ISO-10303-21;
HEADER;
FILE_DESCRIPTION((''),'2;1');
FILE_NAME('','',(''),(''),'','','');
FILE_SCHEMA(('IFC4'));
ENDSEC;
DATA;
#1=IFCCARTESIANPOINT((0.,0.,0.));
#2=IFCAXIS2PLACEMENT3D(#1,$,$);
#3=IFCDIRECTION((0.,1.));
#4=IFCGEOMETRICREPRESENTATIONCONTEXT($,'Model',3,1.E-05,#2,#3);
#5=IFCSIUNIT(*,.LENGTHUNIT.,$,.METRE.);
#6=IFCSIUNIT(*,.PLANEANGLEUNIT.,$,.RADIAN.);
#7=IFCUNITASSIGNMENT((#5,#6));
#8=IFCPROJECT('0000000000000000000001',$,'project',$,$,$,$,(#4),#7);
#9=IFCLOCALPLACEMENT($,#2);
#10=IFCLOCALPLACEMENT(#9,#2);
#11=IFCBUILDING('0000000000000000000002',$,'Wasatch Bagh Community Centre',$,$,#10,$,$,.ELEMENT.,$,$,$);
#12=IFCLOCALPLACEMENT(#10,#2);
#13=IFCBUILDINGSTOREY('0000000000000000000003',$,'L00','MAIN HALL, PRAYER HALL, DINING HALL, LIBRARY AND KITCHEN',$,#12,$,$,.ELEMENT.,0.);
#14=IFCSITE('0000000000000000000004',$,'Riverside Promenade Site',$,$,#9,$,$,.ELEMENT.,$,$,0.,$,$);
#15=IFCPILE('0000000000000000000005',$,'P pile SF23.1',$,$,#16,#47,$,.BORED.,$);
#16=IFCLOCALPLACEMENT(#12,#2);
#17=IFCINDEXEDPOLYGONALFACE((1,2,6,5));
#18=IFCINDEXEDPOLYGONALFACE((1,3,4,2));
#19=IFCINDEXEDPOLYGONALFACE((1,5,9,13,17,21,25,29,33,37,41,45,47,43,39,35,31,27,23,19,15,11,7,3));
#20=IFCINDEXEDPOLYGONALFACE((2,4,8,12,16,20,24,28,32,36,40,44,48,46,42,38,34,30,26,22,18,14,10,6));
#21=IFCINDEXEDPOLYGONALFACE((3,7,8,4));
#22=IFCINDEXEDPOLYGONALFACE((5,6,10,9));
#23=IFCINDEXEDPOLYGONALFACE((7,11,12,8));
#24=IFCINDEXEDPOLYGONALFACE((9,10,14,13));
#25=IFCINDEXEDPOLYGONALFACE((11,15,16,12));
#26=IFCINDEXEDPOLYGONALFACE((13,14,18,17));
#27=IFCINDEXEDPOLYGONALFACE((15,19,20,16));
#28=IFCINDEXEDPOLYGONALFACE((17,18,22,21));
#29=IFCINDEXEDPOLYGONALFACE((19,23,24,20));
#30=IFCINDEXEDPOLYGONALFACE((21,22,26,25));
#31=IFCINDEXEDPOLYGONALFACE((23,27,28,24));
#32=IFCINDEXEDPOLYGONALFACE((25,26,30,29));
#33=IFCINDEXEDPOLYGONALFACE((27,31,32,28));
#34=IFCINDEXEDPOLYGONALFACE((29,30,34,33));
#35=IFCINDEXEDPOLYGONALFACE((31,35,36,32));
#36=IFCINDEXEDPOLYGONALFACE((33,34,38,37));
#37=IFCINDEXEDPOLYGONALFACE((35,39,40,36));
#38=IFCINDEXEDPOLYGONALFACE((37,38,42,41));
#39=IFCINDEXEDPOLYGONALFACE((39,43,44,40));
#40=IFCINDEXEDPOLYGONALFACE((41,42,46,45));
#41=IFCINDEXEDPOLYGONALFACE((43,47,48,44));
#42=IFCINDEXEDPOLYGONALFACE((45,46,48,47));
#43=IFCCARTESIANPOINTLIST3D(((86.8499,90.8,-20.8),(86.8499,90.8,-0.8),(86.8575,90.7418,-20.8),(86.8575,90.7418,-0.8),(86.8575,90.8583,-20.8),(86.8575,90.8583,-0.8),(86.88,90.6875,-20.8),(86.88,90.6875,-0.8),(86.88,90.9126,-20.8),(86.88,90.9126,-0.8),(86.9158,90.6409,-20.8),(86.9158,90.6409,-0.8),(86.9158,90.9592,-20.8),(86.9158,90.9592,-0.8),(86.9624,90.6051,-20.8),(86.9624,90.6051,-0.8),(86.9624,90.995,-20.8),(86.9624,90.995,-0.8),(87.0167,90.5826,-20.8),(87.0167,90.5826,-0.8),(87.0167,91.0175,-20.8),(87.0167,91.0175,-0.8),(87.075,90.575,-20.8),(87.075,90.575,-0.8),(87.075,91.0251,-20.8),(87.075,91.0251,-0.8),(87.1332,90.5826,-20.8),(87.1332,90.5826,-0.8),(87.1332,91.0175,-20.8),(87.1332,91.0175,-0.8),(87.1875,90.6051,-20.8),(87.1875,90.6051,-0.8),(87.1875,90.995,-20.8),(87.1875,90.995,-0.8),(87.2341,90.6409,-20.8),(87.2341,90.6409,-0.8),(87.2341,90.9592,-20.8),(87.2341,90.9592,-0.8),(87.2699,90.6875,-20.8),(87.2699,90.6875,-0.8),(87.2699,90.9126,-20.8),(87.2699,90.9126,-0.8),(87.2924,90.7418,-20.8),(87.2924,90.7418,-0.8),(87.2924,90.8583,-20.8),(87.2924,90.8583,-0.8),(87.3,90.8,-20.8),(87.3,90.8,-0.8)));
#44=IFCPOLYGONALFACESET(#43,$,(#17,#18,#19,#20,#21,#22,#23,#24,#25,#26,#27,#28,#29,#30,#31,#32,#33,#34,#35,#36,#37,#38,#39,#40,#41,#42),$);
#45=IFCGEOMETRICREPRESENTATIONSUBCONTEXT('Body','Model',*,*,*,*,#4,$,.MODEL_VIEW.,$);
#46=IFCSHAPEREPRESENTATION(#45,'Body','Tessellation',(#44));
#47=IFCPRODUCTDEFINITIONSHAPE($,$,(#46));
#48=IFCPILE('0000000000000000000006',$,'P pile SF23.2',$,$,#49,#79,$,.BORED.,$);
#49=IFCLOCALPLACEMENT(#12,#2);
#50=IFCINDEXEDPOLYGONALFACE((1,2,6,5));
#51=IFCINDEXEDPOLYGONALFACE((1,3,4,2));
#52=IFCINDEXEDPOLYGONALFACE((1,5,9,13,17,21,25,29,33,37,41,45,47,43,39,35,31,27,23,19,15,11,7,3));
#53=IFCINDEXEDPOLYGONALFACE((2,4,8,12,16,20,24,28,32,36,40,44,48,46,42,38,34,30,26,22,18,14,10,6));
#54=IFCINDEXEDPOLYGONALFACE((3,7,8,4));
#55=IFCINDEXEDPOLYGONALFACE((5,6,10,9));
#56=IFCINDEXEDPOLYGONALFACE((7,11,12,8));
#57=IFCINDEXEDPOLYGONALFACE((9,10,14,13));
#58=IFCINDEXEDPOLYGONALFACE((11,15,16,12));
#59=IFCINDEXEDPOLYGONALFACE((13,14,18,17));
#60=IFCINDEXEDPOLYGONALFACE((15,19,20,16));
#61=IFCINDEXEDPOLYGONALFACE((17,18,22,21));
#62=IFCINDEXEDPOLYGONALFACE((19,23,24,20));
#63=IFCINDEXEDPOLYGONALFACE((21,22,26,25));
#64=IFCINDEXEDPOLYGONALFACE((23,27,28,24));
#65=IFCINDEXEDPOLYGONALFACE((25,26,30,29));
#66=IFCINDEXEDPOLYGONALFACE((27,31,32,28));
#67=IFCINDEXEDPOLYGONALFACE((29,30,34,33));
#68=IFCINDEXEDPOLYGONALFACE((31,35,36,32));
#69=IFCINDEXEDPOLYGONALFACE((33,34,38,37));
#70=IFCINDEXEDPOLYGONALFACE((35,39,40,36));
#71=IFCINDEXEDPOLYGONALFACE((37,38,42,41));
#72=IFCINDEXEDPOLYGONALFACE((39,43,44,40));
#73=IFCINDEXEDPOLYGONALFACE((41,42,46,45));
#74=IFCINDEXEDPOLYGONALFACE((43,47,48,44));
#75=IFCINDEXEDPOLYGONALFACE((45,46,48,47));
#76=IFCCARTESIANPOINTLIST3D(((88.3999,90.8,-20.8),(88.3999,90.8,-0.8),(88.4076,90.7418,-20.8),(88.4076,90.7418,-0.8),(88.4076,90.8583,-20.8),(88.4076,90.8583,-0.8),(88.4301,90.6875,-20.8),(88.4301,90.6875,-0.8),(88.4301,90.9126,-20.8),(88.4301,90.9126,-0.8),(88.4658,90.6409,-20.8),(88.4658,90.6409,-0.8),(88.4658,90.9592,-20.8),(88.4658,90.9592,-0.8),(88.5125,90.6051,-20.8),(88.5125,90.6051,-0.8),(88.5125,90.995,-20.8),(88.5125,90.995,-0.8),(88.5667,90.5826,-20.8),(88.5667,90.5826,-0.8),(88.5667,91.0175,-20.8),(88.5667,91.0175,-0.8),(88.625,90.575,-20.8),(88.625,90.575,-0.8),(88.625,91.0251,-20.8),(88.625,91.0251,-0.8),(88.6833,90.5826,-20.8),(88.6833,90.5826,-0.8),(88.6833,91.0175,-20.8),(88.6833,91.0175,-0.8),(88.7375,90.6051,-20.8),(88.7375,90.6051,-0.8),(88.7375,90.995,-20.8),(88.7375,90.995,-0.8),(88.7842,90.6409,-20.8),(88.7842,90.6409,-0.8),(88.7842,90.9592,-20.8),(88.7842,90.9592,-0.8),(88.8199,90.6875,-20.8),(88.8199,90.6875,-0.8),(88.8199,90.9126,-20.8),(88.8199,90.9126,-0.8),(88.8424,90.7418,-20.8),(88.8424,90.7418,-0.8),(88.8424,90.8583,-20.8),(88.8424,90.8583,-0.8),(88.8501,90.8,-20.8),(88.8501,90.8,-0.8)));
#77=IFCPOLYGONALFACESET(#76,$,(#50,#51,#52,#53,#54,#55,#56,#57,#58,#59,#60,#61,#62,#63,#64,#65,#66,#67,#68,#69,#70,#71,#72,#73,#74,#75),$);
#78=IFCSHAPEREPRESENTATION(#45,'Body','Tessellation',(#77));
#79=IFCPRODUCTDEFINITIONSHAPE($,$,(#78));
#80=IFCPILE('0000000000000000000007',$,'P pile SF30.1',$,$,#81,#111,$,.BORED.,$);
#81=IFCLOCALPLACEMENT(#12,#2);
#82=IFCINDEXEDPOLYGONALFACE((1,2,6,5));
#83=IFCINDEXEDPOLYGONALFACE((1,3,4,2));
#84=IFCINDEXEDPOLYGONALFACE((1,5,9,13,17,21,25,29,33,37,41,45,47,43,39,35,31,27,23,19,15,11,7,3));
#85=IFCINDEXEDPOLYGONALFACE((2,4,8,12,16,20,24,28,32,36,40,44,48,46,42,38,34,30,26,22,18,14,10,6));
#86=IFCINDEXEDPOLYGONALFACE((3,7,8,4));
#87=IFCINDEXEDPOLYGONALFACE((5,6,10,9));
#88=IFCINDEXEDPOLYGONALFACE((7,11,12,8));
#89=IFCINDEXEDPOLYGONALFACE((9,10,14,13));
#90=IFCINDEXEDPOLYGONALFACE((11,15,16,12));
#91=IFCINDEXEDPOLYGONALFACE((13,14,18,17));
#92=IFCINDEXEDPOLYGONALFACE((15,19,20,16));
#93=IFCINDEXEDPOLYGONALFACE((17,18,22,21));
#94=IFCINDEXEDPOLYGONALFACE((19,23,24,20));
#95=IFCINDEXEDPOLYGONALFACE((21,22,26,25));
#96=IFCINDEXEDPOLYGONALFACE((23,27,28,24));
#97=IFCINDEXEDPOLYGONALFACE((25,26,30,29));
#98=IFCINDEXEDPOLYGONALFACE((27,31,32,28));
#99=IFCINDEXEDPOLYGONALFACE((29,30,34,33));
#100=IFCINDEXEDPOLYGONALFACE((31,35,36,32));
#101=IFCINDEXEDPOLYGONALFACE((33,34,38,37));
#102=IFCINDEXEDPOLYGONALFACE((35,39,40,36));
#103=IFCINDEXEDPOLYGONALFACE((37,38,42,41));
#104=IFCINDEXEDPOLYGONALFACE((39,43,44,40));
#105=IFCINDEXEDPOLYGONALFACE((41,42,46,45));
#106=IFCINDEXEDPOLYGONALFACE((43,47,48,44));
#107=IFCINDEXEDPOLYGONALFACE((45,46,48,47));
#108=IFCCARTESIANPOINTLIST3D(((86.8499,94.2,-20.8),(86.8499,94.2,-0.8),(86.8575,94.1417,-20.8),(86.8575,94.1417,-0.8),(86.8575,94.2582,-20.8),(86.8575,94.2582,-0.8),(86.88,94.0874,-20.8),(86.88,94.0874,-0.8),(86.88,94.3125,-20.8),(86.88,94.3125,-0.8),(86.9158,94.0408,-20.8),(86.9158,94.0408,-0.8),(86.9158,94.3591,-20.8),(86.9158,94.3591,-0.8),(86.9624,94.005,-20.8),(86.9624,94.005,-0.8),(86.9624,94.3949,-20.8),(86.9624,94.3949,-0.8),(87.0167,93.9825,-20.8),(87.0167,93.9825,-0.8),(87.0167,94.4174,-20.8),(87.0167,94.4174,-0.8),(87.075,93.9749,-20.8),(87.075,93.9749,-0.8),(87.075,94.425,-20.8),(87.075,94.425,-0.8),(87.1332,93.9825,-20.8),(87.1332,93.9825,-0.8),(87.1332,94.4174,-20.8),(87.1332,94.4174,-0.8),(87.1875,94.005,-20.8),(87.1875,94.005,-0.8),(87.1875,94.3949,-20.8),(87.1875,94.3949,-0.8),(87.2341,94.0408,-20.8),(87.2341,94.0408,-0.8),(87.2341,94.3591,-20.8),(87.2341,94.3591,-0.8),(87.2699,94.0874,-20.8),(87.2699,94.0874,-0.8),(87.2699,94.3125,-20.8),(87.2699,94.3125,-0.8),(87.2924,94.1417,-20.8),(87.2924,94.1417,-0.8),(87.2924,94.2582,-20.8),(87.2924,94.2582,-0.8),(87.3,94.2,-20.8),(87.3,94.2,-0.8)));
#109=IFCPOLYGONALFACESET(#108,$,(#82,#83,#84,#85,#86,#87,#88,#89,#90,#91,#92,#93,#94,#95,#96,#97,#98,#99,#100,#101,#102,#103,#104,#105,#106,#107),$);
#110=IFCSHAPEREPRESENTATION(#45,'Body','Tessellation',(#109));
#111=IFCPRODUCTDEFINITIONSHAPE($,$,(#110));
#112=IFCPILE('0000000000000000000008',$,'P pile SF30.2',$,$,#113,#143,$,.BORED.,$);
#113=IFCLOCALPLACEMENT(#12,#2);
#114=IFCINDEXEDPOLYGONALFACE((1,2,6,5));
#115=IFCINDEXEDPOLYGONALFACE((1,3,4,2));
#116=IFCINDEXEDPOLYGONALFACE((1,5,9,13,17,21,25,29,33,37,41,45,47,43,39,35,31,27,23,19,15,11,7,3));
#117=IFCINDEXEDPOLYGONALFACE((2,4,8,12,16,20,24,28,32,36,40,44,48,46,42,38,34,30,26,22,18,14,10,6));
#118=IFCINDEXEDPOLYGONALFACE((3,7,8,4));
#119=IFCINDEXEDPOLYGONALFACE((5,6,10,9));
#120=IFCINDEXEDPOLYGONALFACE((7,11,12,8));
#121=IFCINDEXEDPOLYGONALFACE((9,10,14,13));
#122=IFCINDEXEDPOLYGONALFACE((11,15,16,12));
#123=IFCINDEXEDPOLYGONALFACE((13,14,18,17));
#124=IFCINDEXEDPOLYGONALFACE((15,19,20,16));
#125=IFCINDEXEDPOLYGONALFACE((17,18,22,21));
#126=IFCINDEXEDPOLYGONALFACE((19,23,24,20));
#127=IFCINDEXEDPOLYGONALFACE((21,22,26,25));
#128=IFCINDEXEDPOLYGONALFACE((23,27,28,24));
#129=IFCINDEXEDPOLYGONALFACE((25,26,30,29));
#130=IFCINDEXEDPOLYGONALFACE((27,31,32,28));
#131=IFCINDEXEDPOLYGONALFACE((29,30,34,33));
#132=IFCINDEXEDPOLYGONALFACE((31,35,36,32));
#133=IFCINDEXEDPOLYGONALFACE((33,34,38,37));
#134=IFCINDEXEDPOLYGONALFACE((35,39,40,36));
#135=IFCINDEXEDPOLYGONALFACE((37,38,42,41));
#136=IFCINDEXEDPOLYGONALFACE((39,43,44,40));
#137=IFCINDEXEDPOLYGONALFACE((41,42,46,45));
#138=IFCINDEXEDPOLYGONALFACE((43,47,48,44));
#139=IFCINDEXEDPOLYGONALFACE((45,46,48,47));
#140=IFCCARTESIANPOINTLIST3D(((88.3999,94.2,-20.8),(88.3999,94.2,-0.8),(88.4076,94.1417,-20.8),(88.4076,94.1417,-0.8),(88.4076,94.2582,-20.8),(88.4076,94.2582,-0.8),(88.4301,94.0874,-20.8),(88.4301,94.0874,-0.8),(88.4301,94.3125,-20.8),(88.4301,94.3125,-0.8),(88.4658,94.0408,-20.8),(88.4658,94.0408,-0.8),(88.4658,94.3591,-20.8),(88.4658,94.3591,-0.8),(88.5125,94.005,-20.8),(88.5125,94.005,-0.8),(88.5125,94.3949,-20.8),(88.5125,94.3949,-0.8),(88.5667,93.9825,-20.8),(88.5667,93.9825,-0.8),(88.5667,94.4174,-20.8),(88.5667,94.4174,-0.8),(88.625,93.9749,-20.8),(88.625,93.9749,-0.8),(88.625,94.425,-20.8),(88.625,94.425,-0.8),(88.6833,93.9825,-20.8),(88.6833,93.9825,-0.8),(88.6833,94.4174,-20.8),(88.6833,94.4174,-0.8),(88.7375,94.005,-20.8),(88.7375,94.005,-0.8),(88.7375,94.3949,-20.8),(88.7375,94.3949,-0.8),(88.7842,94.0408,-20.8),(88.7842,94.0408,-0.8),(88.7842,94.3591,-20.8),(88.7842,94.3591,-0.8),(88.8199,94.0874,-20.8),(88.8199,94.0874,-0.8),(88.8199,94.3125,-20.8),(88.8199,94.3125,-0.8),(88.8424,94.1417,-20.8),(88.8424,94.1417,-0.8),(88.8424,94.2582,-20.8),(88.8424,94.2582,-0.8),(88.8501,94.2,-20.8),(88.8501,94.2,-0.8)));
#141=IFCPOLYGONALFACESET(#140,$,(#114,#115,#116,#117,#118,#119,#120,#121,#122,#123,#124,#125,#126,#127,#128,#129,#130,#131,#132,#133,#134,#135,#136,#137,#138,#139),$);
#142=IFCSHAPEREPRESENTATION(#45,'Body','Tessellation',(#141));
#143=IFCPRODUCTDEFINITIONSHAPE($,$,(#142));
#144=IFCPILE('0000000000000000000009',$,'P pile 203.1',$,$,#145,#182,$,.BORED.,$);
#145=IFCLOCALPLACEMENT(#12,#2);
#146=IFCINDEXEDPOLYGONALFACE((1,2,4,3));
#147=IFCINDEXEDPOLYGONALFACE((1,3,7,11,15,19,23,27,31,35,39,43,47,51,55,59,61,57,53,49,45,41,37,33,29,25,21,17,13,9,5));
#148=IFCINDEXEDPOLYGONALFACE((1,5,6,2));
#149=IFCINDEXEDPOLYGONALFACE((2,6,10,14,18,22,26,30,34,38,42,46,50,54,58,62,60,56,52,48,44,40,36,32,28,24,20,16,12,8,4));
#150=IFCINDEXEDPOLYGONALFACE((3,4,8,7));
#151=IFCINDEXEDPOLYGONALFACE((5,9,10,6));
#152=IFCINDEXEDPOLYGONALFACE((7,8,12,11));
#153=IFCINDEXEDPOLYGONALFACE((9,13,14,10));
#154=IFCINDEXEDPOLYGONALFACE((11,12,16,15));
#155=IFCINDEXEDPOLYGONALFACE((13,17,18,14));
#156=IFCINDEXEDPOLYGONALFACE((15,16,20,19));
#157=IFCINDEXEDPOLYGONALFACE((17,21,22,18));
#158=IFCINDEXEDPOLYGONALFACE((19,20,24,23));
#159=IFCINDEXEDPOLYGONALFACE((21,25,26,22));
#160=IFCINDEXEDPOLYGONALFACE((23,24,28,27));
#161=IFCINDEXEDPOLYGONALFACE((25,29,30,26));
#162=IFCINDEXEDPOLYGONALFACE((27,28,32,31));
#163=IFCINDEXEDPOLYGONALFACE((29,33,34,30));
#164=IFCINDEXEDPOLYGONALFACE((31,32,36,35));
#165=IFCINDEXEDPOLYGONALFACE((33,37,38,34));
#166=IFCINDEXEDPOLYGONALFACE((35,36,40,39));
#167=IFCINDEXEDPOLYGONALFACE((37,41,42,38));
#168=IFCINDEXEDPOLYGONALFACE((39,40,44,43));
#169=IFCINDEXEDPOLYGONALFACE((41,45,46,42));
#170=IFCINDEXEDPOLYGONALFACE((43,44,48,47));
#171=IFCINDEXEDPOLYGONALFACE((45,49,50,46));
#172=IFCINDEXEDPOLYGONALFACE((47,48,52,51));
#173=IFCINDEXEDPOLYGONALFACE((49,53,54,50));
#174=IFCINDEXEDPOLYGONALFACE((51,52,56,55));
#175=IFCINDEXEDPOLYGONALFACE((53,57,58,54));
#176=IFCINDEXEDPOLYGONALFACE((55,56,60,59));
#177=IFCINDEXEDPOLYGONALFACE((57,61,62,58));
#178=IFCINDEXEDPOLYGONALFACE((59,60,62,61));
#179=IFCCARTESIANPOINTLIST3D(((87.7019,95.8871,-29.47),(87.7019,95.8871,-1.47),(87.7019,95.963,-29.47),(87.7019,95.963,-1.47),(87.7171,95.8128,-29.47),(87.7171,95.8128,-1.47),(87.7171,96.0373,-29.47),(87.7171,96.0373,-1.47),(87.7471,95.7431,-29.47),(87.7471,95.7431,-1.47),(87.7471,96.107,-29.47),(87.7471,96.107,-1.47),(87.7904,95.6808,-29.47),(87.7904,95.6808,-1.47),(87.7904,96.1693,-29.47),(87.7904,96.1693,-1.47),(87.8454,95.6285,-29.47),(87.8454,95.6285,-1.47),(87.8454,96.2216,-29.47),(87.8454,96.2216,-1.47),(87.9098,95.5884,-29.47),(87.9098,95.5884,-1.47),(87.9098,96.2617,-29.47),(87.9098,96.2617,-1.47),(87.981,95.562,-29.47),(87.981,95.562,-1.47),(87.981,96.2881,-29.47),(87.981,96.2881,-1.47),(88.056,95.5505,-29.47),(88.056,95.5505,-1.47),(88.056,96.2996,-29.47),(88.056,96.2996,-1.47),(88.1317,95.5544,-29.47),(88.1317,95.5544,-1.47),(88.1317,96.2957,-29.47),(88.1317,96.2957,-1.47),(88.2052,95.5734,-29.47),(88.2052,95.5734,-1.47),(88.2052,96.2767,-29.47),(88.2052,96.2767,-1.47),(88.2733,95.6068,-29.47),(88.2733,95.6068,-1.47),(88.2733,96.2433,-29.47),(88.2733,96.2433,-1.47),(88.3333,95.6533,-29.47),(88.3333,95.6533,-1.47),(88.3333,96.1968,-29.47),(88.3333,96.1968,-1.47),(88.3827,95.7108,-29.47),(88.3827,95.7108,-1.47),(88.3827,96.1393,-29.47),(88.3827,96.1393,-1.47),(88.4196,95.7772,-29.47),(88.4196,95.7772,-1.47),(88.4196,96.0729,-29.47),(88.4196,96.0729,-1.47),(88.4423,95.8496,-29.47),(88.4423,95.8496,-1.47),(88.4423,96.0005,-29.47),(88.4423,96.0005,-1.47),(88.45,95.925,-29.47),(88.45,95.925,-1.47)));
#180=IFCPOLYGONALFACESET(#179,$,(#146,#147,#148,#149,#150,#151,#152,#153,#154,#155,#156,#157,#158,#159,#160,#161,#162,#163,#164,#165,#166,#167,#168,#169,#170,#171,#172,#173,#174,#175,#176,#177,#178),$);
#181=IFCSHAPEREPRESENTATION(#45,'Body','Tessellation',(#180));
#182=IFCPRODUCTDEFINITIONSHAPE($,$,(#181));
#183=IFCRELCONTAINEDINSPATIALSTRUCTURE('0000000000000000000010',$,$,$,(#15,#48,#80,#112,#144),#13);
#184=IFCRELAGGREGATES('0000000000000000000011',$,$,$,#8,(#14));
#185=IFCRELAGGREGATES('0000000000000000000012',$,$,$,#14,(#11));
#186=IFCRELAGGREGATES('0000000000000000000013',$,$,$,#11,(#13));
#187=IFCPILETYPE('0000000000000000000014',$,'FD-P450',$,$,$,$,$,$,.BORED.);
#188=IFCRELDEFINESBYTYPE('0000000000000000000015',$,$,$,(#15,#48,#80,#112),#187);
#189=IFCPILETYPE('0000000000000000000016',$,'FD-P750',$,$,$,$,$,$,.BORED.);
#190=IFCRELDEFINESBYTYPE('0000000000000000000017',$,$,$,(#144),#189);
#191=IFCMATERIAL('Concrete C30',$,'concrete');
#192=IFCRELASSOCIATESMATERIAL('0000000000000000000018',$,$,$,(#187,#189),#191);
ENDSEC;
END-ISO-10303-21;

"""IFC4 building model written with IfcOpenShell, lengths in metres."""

from ifc_helpers import new_model, si_unit, direction, frame, origin, origin_2d, place, context, subcontext, project, spatial, circle, extrude, material, material_profile, profile_set, type_object, element, save


model = new_model("IFC4")

# Units and contexts
model_context = context("Model", 3, precision=1e-05, world=origin(), true_north=direction((0.0, 1.0)))
body_context = subcontext(model_context, "Body", "Model", "MODEL_VIEW")
ifc_project = project(units=[si_unit("LENGTHUNIT", "METRE"), si_unit("PLANEANGLEUNIT", "RADIAN")], contexts=[model_context])

# Site, building, storey
site_placement = place(None, origin())
site = spatial("IfcSite", under=ifc_project, at=site_placement, Name="Riverside Promenade Site", CompositionType="ELEMENT", RefElevation=0.0)
building_placement = place(site_placement, origin())
building = spatial("IfcBuilding", under=site, at=building_placement, Name="Wasatch Bagh Community Centre", CompositionType="ELEMENT")
storey_placement = place(building_placement, origin())
storey = spatial("IfcBuildingStorey", under=building, at=storey_placement, Name="L00", Description="MAIN HALL, PRAYER HALL, DINING HALL, LIBRARY AND KITCHEN", CompositionType="ELEMENT", Elevation=0.0)

# Piles
ifc_material_1 = material(Name="Concrete C30", Category="concrete")
ifc_material_profile_1 = material_profile(ifc_material_1, circle(Radius=0.2251, at=origin_2d()), Name="RC D450")
ifc_profile_set_1 = profile_set([ifc_material_profile_1], Name="Concrete C30")
pile_type_1 = type_object("IfcPileType", Name="FD-P450", PredefinedType="BORED", material=ifc_profile_set_1)
for number, where, z_axis, x_axis, name in (
    (1, (87.075, 90.8, -0.8), (0.0, 0.0, -1.0), (1.0, 0.0, 0.0), "P pile SF23.1"),
    (2, (88.625, 90.8, -0.8), (0.0, 0.0, -1.0), (1.0, 0.0, 0.0), "P pile SF23.2"),
    (3, (87.075, 94.2, -0.8), (0.0, 0.0, -1.0), (1.0, 0.0, 0.0), "P pile SF30.1"),
    (4, (88.625, 94.2, -0.8), (0.0, 0.0, -1.0), (1.0, 0.0, 0.0), "P pile SF30.2"),
):
    element("IfcPile", number, at=place(storey_placement, frame(where, z_axis=z_axis, x_axis=x_axis)), inside=storey, type_object=pile_type_1, Name=name, PredefinedType="BORED", context=body_context, shape_type="SweptSolid", body=[
        extrude(circle(Radius=0.2251, at=origin_2d()), origin(), (0.0, 0.0, 1.0), 20.0),
    ])
ifc_material_profile_2 = material_profile(ifc_material_1, circle(Radius=0.375, at=origin_2d()), Name="RC D750")
ifc_profile_set_2 = profile_set([ifc_material_profile_2], Name="Concrete C30")
pile_type_2 = type_object("IfcPileType", Name="FD-P750", PredefinedType="BORED", material=ifc_profile_set_2)
for number, where, z_axis, x_axis, name in (
    (5, (88.075, 95.925, -1.47), (0.0, 0.0, -1.0), (1.0, 0.0, 0.0), "P pile 203.1"),
):
    element("IfcPile", number, at=place(storey_placement, frame(where, z_axis=z_axis, x_axis=x_axis)), inside=storey, type_object=pile_type_2, Name=name, PredefinedType="BORED", context=body_context, shape_type="SweptSolid", body=[
        extrude(circle(Radius=0.375, at=origin_2d()), origin(), (0.0, 0.0, 1.0), 28.0),
    ])

save(model, "model.ifc")
